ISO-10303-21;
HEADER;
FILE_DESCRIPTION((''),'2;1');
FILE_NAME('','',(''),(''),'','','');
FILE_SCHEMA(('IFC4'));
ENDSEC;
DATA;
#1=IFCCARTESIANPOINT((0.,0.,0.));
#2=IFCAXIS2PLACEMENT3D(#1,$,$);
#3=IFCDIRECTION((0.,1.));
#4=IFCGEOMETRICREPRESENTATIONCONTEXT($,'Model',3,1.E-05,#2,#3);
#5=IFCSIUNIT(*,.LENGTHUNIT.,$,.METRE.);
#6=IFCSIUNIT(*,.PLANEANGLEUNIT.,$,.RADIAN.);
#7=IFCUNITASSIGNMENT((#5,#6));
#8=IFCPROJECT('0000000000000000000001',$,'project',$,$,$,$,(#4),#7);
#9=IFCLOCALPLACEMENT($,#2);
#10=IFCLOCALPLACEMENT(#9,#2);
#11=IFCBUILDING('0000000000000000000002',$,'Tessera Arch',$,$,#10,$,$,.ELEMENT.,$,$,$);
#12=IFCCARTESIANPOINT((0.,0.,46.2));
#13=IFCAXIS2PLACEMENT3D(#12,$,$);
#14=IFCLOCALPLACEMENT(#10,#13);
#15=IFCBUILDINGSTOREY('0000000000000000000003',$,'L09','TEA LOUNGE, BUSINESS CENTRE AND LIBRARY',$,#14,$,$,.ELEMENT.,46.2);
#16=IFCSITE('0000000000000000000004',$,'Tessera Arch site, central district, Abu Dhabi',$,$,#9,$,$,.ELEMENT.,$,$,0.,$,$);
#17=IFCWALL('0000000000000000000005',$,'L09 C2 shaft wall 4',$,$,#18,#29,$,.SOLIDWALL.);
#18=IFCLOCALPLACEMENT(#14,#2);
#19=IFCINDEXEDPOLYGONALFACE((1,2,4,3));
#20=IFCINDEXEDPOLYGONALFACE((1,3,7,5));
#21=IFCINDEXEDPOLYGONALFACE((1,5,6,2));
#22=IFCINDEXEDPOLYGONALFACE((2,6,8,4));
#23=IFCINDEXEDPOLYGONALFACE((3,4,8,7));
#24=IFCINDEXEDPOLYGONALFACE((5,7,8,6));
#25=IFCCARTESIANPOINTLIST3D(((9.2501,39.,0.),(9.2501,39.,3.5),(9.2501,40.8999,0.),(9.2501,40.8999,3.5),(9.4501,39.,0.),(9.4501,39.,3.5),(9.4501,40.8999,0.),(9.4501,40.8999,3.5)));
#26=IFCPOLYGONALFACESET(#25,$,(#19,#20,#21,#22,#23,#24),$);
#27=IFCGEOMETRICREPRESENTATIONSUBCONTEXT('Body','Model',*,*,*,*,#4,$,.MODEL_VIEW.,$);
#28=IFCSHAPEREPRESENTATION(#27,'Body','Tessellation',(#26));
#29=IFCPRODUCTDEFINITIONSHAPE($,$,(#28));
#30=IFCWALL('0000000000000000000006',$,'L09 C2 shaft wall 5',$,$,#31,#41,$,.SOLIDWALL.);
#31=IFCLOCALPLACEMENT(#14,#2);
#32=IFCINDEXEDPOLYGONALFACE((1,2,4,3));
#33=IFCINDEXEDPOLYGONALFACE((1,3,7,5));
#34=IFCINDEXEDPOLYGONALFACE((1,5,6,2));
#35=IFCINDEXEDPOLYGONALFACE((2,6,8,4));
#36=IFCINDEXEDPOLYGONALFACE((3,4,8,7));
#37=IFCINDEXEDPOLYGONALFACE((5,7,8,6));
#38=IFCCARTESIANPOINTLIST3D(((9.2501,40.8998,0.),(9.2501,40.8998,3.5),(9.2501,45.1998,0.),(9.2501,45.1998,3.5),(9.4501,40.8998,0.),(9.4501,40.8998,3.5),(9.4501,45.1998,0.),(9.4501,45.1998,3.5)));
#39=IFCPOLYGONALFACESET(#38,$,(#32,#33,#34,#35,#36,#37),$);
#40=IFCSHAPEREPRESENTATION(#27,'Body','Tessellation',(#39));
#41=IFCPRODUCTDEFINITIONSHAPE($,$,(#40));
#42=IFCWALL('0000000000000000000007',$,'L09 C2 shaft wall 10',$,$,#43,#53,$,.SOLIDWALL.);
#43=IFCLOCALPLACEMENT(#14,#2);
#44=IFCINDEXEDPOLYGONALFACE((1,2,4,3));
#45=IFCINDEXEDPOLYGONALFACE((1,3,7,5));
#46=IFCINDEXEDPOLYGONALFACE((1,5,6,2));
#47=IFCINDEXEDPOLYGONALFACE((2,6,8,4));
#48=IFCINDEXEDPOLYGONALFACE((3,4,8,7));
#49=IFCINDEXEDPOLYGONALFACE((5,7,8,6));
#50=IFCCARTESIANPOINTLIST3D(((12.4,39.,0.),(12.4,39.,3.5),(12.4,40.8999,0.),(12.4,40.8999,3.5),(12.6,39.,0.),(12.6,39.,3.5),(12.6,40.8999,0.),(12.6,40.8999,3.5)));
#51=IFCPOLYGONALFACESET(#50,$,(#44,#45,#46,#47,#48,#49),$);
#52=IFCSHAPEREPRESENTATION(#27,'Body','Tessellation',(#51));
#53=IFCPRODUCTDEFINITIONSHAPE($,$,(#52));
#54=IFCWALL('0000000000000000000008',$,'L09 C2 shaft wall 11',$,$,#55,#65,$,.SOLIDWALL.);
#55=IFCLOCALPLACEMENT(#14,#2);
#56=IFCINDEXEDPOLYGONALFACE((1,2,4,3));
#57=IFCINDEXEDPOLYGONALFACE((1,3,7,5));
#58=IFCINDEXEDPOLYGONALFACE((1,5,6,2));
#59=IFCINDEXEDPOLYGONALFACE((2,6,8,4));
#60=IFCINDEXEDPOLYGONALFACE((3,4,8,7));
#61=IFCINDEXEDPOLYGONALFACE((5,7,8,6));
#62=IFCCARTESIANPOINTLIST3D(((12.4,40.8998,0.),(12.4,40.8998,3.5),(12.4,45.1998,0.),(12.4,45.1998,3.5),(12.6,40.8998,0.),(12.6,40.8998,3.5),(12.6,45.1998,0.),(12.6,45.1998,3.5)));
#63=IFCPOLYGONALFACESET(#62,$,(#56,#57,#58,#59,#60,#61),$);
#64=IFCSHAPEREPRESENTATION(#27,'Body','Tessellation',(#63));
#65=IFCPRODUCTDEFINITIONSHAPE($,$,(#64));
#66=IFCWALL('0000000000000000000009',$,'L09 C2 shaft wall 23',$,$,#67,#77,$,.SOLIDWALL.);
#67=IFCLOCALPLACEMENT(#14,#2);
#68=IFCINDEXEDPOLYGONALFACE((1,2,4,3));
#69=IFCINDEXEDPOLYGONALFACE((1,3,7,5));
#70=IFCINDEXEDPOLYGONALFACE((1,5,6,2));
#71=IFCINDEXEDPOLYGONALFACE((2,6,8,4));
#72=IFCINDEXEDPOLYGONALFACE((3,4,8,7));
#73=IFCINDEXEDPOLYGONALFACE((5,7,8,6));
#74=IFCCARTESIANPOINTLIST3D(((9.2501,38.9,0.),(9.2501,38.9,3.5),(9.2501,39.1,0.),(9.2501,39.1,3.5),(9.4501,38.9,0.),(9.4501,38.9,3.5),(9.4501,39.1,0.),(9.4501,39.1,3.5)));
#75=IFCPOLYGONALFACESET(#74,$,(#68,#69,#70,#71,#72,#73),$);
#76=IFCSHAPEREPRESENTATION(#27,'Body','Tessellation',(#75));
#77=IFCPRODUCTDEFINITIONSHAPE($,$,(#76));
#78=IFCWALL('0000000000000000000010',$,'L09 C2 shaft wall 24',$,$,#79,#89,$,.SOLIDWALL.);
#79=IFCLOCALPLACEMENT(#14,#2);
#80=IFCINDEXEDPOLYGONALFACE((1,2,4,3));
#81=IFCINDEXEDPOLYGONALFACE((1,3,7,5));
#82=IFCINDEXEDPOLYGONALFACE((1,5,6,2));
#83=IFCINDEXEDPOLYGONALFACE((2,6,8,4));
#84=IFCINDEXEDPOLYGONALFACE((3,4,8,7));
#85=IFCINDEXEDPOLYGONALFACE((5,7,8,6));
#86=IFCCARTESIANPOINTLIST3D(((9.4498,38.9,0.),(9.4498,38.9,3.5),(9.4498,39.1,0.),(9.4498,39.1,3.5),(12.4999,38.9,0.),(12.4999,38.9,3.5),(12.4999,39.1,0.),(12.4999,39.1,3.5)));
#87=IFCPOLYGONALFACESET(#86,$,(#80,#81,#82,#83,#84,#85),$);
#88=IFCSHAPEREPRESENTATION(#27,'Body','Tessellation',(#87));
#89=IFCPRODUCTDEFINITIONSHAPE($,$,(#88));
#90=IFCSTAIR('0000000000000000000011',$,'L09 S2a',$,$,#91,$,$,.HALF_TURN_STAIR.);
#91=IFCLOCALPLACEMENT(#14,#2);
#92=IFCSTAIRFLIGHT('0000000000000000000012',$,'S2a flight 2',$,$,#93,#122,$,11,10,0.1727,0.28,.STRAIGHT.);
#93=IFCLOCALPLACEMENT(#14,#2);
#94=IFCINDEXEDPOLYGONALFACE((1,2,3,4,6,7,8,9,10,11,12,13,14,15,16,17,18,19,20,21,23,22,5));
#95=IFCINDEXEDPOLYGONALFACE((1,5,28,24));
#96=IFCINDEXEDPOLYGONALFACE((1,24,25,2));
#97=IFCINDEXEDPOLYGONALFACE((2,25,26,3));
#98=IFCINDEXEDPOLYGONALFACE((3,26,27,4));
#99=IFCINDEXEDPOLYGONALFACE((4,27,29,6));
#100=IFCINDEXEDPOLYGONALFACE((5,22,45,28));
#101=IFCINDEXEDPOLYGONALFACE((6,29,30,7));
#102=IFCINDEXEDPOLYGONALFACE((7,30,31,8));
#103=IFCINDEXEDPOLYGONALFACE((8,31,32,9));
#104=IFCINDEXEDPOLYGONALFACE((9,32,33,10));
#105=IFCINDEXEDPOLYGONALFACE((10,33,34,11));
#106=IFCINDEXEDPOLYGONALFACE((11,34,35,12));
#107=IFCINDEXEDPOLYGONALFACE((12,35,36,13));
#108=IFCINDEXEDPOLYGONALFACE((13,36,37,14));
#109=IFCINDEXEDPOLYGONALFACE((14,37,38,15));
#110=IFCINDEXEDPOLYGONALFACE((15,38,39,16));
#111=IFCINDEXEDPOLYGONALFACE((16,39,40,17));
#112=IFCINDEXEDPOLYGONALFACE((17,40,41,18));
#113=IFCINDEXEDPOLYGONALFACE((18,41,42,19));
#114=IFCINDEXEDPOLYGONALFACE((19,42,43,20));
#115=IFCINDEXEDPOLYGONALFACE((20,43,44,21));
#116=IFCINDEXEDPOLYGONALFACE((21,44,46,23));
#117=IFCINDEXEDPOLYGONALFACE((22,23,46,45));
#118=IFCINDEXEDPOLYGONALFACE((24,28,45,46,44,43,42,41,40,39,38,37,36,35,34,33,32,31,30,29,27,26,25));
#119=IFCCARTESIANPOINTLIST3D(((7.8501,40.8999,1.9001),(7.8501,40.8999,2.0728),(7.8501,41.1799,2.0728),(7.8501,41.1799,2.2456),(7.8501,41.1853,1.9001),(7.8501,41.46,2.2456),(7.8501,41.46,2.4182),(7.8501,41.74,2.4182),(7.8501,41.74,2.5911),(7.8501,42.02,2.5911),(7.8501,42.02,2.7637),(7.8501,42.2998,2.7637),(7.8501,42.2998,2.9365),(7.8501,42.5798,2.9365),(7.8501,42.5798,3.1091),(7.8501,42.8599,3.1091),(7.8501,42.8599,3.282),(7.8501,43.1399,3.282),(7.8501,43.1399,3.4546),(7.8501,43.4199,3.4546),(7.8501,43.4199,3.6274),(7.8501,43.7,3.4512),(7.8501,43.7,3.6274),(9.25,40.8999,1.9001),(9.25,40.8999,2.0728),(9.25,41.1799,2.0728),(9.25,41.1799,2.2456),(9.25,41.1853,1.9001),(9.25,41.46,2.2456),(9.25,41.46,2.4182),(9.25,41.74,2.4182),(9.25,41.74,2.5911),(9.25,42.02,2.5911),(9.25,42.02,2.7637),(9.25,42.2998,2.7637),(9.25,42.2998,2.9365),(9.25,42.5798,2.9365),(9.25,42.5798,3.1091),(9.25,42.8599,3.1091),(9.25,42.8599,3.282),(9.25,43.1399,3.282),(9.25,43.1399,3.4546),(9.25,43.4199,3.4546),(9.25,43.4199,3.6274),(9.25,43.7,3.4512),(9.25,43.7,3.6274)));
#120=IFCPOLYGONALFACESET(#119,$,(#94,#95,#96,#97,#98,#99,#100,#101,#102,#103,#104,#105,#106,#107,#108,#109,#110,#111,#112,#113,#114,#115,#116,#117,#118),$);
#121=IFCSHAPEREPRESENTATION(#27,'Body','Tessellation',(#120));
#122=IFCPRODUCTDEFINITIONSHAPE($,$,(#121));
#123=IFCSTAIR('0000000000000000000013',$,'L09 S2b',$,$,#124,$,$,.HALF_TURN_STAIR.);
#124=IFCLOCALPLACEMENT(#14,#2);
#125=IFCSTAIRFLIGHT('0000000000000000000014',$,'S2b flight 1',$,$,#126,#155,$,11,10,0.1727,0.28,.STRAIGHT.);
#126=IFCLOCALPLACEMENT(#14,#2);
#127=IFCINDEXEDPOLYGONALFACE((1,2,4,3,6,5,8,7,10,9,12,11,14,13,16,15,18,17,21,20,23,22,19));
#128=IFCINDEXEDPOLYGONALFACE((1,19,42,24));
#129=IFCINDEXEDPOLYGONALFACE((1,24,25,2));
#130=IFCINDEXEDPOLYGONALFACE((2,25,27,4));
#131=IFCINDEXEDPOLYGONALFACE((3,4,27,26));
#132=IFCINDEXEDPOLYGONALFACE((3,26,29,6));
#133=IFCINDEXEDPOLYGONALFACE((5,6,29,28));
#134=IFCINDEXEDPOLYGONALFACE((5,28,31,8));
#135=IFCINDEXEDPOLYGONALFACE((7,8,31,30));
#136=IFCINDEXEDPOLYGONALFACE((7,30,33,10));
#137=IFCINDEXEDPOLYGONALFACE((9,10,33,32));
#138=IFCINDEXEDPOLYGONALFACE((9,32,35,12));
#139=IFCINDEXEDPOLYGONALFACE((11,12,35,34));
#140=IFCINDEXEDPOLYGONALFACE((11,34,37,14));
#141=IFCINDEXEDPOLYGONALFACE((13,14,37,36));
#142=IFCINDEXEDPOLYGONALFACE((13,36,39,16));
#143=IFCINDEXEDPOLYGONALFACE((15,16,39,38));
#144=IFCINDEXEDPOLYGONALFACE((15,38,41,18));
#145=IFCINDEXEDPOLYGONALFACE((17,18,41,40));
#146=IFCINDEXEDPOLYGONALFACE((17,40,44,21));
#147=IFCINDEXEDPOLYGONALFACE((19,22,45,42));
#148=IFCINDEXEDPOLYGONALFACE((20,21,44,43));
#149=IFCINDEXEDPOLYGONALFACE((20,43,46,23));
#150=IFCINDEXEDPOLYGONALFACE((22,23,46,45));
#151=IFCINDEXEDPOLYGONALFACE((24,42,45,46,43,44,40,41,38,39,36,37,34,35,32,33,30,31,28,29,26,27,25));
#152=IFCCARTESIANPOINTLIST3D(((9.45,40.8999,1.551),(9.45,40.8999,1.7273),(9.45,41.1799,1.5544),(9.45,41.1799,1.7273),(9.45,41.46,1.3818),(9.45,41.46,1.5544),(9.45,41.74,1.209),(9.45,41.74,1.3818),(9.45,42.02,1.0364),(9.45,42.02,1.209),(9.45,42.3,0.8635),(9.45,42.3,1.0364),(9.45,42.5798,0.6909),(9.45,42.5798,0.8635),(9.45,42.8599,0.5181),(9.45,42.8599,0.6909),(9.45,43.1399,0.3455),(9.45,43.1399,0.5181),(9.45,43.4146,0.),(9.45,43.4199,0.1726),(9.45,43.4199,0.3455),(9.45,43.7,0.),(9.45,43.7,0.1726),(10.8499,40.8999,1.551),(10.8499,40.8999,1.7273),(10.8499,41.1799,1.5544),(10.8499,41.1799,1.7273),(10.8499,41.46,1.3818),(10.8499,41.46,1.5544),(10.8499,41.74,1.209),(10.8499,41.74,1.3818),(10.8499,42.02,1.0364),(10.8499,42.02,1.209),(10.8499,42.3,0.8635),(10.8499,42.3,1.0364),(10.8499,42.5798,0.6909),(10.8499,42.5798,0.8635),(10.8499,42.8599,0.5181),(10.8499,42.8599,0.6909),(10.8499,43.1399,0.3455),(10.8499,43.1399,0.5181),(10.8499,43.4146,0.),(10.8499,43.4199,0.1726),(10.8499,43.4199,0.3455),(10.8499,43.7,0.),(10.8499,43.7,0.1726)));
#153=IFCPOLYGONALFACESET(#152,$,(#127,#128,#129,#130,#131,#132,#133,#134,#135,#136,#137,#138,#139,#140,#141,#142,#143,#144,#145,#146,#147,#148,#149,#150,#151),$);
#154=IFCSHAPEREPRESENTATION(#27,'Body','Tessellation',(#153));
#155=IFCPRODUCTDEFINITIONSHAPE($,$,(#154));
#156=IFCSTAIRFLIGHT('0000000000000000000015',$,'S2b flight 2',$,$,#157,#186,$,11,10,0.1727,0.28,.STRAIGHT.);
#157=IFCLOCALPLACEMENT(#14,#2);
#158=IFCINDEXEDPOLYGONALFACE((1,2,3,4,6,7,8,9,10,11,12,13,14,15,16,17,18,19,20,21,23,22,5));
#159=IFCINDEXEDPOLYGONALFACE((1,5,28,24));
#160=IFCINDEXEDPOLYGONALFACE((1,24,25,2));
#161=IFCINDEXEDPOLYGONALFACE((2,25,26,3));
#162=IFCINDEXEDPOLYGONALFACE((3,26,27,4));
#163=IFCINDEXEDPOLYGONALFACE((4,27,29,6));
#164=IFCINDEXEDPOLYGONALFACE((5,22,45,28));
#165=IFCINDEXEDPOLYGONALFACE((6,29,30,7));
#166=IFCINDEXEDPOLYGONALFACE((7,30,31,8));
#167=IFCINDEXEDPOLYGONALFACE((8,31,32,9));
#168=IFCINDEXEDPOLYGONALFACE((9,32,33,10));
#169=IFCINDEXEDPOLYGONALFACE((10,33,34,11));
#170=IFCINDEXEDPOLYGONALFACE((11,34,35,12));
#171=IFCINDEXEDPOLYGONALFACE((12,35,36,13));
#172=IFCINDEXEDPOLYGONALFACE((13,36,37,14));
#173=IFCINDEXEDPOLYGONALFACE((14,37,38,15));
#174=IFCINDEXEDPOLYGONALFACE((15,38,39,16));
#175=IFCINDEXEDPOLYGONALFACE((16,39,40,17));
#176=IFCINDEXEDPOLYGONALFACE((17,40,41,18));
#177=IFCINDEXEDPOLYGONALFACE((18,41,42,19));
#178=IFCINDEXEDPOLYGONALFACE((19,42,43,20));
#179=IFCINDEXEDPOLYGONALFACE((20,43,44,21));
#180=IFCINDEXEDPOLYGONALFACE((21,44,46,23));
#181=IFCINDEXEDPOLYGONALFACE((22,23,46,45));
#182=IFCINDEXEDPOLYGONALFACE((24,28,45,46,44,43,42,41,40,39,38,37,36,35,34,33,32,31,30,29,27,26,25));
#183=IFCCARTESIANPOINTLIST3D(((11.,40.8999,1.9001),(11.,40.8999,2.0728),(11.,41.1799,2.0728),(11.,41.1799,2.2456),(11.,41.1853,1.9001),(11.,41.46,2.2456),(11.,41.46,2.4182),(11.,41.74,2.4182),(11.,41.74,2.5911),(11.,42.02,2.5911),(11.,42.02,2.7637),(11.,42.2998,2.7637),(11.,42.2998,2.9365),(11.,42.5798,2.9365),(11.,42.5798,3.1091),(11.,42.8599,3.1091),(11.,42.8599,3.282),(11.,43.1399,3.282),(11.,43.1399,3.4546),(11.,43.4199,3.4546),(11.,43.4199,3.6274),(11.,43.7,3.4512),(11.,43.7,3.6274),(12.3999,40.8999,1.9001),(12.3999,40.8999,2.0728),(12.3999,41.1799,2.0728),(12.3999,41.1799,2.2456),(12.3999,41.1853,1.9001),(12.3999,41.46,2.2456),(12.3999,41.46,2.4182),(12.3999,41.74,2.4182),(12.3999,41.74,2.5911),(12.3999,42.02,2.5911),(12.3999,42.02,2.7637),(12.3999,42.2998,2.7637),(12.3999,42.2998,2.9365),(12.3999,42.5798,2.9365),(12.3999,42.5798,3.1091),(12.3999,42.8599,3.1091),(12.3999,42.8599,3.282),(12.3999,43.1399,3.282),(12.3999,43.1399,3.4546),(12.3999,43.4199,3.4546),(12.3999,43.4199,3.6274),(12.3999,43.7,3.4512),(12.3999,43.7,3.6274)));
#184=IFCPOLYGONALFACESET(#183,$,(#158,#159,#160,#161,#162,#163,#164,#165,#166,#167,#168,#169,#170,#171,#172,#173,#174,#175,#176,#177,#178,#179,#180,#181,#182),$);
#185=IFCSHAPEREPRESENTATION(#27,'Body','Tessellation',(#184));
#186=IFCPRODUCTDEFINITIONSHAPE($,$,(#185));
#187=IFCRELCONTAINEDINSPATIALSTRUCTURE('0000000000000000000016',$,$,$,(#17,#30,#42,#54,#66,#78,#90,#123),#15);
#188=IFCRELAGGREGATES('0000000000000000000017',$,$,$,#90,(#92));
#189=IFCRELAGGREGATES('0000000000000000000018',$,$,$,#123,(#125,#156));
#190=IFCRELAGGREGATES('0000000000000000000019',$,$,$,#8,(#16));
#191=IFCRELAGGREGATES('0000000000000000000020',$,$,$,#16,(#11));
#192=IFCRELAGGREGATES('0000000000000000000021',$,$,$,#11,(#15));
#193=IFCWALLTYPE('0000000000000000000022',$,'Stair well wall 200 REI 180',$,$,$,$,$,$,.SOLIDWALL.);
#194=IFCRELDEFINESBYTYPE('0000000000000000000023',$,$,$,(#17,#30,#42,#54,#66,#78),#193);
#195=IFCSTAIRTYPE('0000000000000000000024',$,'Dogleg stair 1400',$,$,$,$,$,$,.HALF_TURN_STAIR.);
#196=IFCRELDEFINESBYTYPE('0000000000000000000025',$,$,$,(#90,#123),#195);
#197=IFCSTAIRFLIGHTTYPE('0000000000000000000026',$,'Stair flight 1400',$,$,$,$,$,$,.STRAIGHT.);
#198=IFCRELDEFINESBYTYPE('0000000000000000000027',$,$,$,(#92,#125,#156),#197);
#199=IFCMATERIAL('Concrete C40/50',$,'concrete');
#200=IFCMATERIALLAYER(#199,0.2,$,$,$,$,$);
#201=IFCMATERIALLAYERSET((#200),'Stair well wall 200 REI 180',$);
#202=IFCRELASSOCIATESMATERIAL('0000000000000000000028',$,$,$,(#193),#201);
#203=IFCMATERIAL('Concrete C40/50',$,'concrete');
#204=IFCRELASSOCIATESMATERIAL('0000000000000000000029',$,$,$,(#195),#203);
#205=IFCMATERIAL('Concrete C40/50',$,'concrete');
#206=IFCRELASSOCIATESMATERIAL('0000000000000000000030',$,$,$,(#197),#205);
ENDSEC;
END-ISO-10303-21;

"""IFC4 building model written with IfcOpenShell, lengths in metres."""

from ifc_helpers import new_model, si_unit, direction, frame, frame_2d, origin, place, context, subcontext, project, spatial, polyline, rectangle, outline, extrude, material, layer, layer_set, type_object, element, aggregate, save


model = new_model("IFC4")

# Units and contexts
model_context = context("Model", 3, precision=1e-05, world=origin(), true_north=direction((0.0, 1.0)))
body_context = subcontext(model_context, "Body", "Model", "MODEL_VIEW")
ifc_project = project(units=[si_unit("LENGTHUNIT", "METRE"), si_unit("PLANEANGLEUNIT", "RADIAN")], contexts=[model_context])

# Site, building, storey
site_placement = place(None, origin())
site = spatial("IfcSite", under=ifc_project, at=site_placement, Name="Tessera Arch site, central district, Abu Dhabi", CompositionType="ELEMENT", RefElevation=0.0)
building_placement = place(site_placement, origin())
building = spatial("IfcBuilding", under=site, at=building_placement, Name="Tessera Arch", CompositionType="ELEMENT")
storey_placement = place(building_placement, frame((0.0, 0.0, 46.2)))
storey = spatial("IfcBuildingStorey", under=building, at=storey_placement, Name="L09", Description="TEA LOUNGE, BUSINESS CENTRE AND LIBRARY", CompositionType="ELEMENT", Elevation=46.2)

# Walls
ifc_material_1 = material(Name="Concrete C40/50", Category="concrete")
ifc_layer_1 = layer(ifc_material_1, 0.2)
ifc_layer_set_1 = layer_set([ifc_layer_1], Name="Stair well wall 200 REI 180")
wall_type_1 = type_object("IfcWallType", Name="Stair well wall 200 REI 180", PredefinedType="SOLIDWALL", material=ifc_layer_set_1)
wall_1_placement = place(storey_placement, frame((9.3501, 39.0, 0.0), z_axis=(0.0, 0.0, 1.0), x_axis=(0.0, 1.0, 0.0)))
element("IfcWall", 1, at=wall_1_placement, inside=storey, type_object=wall_type_1, Name="L09 C2 shaft wall 4", PredefinedType="SOLIDWALL", context=body_context, shape_type="SweptSolid", body=[
    extrude(rectangle(XDim=1.8999, YDim=0.2, at=frame_2d((0.95, 0.0))), origin(), (0.0, 0.0, 1.0), 3.5),
])
wall_2_placement = place(storey_placement, frame((9.3501, 40.8999, 0.0), z_axis=(0.0, 0.0, 1.0), x_axis=(0.0, 1.0, 0.0)))
element("IfcWall", 2, at=wall_2_placement, inside=storey, type_object=wall_type_1, Name="L09 C2 shaft wall 5", PredefinedType="SOLIDWALL", context=body_context, shape_type="SweptSolid", body=[
    extrude(rectangle(XDim=4.3, YDim=0.2, at=frame_2d((2.1499, 0.0))), origin(), (0.0, 0.0, 1.0), 3.5),
])
wall_3_placement = place(storey_placement, frame((12.5, 39.0, 0.0), z_axis=(0.0, 0.0, 1.0), x_axis=(0.0, 1.0, 0.0)))
element("IfcWall", 3, at=wall_3_placement, inside=storey, type_object=wall_type_1, Name="L09 C2 shaft wall 10", PredefinedType="SOLIDWALL", context=body_context, shape_type="SweptSolid", body=[
    extrude(rectangle(XDim=1.8999, YDim=0.2, at=frame_2d((0.95, 0.0))), origin(), (0.0, 0.0, 1.0), 3.5),
])
wall_4_placement = place(storey_placement, frame((12.5, 40.8999, 0.0), z_axis=(0.0, 0.0, 1.0), x_axis=(0.0, 1.0, 0.0)))
element("IfcWall", 4, at=wall_4_placement, inside=storey, type_object=wall_type_1, Name="L09 C2 shaft wall 11", PredefinedType="SOLIDWALL", context=body_context, shape_type="SweptSolid", body=[
    extrude(rectangle(XDim=4.3, YDim=0.2, at=frame_2d((2.1499, 0.0))), origin(), (0.0, 0.0, 1.0), 3.5),
])
wall_5_placement = place(storey_placement, frame((9.25, 39.0, 0.0), z_axis=(0.0, 0.0, 1.0), x_axis=(1.0, 0.0, 0.0)))
element("IfcWall", 5, at=wall_5_placement, inside=storey, type_object=wall_type_1, Name="L09 C2 shaft wall 23", PredefinedType="SOLIDWALL", context=body_context, shape_type="SweptSolid", body=[
    extrude(rectangle(XDim=0.2, YDim=0.2, at=frame_2d((0.1001, 0.0))), origin(), (0.0, 0.0, 1.0), 3.5),
])
wall_6_placement = place(storey_placement, frame((9.45, 39.0, 0.0), z_axis=(0.0, 0.0, 1.0), x_axis=(1.0, 0.0, 0.0)))
element("IfcWall", 6, at=wall_6_placement, inside=storey, type_object=wall_type_1, Name="L09 C2 shaft wall 24", PredefinedType="SOLIDWALL", context=body_context, shape_type="SweptSolid", body=[
    extrude(rectangle(XDim=3.05, YDim=0.2, at=frame_2d((1.5249, 0.0))), origin(), (0.0, 0.0, 1.0), 3.5),
])

# Stair, stair flight
ifc_material_2 = material(Name="Concrete C40/50", Category="concrete")
stair_type = type_object("IfcStairType", Name="Dogleg stair 1400", PredefinedType="HALF_TURN_STAIR", material=ifc_material_2)
stair_1_placement = place(storey_placement, origin())
stair_1 = element("IfcStair", 7, at=stair_1_placement, inside=storey, type_object=stair_type, Name="L09 S2a", PredefinedType="HALF_TURN_STAIR")
ifc_material_3 = material(Name="Concrete C40/50", Category="concrete")
stair_flight_type = type_object("IfcStairFlightType", Name="Stair flight 1400", PredefinedType="STRAIGHT", material=ifc_material_3)
stair_flight_1_placement = place(storey_placement, frame((8.55, 40.8999, 1.9001), z_axis=(0.0, 0.0, 1.0), x_axis=(0.0, 1.0, 0.0)))
stair_flight_1 = element("IfcStairFlight", 8, at=stair_flight_1_placement, type_object=stair_flight_type, Name="S2a flight 2", NumberOfRisers=11, NumberOfTreads=10, PredefinedType="STRAIGHT", RiserHeight=0.1727, TreadLength=0.28, context=body_context, shape_type="SweptSolid", body=[
    extrude(outline(polyline([(0.0, 0.0), (0.0, 0.1726), (0.28, 0.1726), (0.28, 0.3455), (0.5601, 0.3455), (0.5601, 0.5181), (0.8401, 0.5181), (0.8401, 0.6909), (1.1201, 0.6909), (1.1201, 0.8635), (1.3999, 0.8635), (1.3999, 1.0364), (1.6799, 1.0364), (1.6799, 1.209), (1.96, 1.209), (1.96, 1.3818), (2.24, 1.3818), (2.24, 1.5544), (2.52, 1.5544), (2.52, 1.7273), (2.8, 1.7273), (2.8, 1.8999), (2.8, 1.551), (0.2854, 0.0), (0.0, 0.0)])), frame((0.0, 0.7, 0.0), z_axis=(0.0, -1.0, 0.0), x_axis=(1.0, 0.0, 0.0)), (0.0, 0.0, 1.0), 1.3999),
])
aggregate(stair_1, [stair_flight_1])

# Stair, stair flights
stair_2_placement = place(storey_placement, origin())
stair_2 = element("IfcStair", 9, at=stair_2_placement, inside=storey, type_object=stair_type, Name="L09 S2b", PredefinedType="HALF_TURN_STAIR")
stair_flight_2_placement = place(storey_placement, frame((10.1499, 43.7, 0.0), z_axis=(0.0, 0.0, 1.0), x_axis=(0.0, -1.0, 0.0)))
stair_flight_2 = element("IfcStairFlight", 10, at=stair_flight_2_placement, type_object=stair_flight_type, Name="S2b flight 1", NumberOfRisers=11, NumberOfTreads=10, PredefinedType="STRAIGHT", RiserHeight=0.1727, TreadLength=0.28, context=body_context, shape_type="SweptSolid", body=[
    extrude(outline(polyline([(0.0, 0.0), (0.0, 0.1726), (0.28, 0.1726), (0.28, 0.3455), (0.5601, 0.3455), (0.5601, 0.5181), (0.8401, 0.5181), (0.8401, 0.6909), (1.1201, 0.6909), (1.1201, 0.8635), (1.3999, 0.8635), (1.3999, 1.0364), (1.6799, 1.0364), (1.6799, 1.209), (1.96, 1.209), (1.96, 1.3818), (2.24, 1.3818), (2.24, 1.5544), (2.52, 1.5544), (2.52, 1.7273), (2.8, 1.7273), (2.8, 1.8999), (2.8, 1.551), (0.2854, 0.0), (0.0, 0.0)])), frame((0.0, 0.7, 0.0), z_axis=(0.0, -1.0, 0.0), x_axis=(1.0, 0.0, 0.0)), (0.0, 0.0, 1.0), 1.3999),
])
stair_flight_3_placement = place(storey_placement, frame((11.7, 40.8999, 1.9001), z_axis=(0.0, 0.0, 1.0), x_axis=(0.0, 1.0, 0.0)))
stair_flight_3 = element("IfcStairFlight", 11, at=stair_flight_3_placement, type_object=stair_flight_type, Name="S2b flight 2", NumberOfRisers=11, NumberOfTreads=10, PredefinedType="STRAIGHT", RiserHeight=0.1727, TreadLength=0.28, context=body_context, shape_type="SweptSolid", body=[
    extrude(outline(polyline([(0.0, 0.0), (0.0, 0.1726), (0.28, 0.1726), (0.28, 0.3455), (0.5601, 0.3455), (0.5601, 0.5181), (0.8401, 0.5181), (0.8401, 0.6909), (1.1201, 0.6909), (1.1201, 0.8635), (1.3999, 0.8635), (1.3999, 1.0364), (1.6799, 1.0364), (1.6799, 1.209), (1.96, 1.209), (1.96, 1.3818), (2.24, 1.3818), (2.24, 1.5544), (2.52, 1.5544), (2.52, 1.7273), (2.8, 1.7273), (2.8, 1.8999), (2.8, 1.551), (0.2854, 0.0), (0.0, 0.0)])), frame((0.0, 0.7, 0.0), z_axis=(0.0, -1.0, 0.0), x_axis=(1.0, 0.0, 0.0)), (0.0, 0.0, 1.0), 1.3999),
])
aggregate(stair_2, [stair_flight_2, stair_flight_3])

save(model, "model.ifc")
